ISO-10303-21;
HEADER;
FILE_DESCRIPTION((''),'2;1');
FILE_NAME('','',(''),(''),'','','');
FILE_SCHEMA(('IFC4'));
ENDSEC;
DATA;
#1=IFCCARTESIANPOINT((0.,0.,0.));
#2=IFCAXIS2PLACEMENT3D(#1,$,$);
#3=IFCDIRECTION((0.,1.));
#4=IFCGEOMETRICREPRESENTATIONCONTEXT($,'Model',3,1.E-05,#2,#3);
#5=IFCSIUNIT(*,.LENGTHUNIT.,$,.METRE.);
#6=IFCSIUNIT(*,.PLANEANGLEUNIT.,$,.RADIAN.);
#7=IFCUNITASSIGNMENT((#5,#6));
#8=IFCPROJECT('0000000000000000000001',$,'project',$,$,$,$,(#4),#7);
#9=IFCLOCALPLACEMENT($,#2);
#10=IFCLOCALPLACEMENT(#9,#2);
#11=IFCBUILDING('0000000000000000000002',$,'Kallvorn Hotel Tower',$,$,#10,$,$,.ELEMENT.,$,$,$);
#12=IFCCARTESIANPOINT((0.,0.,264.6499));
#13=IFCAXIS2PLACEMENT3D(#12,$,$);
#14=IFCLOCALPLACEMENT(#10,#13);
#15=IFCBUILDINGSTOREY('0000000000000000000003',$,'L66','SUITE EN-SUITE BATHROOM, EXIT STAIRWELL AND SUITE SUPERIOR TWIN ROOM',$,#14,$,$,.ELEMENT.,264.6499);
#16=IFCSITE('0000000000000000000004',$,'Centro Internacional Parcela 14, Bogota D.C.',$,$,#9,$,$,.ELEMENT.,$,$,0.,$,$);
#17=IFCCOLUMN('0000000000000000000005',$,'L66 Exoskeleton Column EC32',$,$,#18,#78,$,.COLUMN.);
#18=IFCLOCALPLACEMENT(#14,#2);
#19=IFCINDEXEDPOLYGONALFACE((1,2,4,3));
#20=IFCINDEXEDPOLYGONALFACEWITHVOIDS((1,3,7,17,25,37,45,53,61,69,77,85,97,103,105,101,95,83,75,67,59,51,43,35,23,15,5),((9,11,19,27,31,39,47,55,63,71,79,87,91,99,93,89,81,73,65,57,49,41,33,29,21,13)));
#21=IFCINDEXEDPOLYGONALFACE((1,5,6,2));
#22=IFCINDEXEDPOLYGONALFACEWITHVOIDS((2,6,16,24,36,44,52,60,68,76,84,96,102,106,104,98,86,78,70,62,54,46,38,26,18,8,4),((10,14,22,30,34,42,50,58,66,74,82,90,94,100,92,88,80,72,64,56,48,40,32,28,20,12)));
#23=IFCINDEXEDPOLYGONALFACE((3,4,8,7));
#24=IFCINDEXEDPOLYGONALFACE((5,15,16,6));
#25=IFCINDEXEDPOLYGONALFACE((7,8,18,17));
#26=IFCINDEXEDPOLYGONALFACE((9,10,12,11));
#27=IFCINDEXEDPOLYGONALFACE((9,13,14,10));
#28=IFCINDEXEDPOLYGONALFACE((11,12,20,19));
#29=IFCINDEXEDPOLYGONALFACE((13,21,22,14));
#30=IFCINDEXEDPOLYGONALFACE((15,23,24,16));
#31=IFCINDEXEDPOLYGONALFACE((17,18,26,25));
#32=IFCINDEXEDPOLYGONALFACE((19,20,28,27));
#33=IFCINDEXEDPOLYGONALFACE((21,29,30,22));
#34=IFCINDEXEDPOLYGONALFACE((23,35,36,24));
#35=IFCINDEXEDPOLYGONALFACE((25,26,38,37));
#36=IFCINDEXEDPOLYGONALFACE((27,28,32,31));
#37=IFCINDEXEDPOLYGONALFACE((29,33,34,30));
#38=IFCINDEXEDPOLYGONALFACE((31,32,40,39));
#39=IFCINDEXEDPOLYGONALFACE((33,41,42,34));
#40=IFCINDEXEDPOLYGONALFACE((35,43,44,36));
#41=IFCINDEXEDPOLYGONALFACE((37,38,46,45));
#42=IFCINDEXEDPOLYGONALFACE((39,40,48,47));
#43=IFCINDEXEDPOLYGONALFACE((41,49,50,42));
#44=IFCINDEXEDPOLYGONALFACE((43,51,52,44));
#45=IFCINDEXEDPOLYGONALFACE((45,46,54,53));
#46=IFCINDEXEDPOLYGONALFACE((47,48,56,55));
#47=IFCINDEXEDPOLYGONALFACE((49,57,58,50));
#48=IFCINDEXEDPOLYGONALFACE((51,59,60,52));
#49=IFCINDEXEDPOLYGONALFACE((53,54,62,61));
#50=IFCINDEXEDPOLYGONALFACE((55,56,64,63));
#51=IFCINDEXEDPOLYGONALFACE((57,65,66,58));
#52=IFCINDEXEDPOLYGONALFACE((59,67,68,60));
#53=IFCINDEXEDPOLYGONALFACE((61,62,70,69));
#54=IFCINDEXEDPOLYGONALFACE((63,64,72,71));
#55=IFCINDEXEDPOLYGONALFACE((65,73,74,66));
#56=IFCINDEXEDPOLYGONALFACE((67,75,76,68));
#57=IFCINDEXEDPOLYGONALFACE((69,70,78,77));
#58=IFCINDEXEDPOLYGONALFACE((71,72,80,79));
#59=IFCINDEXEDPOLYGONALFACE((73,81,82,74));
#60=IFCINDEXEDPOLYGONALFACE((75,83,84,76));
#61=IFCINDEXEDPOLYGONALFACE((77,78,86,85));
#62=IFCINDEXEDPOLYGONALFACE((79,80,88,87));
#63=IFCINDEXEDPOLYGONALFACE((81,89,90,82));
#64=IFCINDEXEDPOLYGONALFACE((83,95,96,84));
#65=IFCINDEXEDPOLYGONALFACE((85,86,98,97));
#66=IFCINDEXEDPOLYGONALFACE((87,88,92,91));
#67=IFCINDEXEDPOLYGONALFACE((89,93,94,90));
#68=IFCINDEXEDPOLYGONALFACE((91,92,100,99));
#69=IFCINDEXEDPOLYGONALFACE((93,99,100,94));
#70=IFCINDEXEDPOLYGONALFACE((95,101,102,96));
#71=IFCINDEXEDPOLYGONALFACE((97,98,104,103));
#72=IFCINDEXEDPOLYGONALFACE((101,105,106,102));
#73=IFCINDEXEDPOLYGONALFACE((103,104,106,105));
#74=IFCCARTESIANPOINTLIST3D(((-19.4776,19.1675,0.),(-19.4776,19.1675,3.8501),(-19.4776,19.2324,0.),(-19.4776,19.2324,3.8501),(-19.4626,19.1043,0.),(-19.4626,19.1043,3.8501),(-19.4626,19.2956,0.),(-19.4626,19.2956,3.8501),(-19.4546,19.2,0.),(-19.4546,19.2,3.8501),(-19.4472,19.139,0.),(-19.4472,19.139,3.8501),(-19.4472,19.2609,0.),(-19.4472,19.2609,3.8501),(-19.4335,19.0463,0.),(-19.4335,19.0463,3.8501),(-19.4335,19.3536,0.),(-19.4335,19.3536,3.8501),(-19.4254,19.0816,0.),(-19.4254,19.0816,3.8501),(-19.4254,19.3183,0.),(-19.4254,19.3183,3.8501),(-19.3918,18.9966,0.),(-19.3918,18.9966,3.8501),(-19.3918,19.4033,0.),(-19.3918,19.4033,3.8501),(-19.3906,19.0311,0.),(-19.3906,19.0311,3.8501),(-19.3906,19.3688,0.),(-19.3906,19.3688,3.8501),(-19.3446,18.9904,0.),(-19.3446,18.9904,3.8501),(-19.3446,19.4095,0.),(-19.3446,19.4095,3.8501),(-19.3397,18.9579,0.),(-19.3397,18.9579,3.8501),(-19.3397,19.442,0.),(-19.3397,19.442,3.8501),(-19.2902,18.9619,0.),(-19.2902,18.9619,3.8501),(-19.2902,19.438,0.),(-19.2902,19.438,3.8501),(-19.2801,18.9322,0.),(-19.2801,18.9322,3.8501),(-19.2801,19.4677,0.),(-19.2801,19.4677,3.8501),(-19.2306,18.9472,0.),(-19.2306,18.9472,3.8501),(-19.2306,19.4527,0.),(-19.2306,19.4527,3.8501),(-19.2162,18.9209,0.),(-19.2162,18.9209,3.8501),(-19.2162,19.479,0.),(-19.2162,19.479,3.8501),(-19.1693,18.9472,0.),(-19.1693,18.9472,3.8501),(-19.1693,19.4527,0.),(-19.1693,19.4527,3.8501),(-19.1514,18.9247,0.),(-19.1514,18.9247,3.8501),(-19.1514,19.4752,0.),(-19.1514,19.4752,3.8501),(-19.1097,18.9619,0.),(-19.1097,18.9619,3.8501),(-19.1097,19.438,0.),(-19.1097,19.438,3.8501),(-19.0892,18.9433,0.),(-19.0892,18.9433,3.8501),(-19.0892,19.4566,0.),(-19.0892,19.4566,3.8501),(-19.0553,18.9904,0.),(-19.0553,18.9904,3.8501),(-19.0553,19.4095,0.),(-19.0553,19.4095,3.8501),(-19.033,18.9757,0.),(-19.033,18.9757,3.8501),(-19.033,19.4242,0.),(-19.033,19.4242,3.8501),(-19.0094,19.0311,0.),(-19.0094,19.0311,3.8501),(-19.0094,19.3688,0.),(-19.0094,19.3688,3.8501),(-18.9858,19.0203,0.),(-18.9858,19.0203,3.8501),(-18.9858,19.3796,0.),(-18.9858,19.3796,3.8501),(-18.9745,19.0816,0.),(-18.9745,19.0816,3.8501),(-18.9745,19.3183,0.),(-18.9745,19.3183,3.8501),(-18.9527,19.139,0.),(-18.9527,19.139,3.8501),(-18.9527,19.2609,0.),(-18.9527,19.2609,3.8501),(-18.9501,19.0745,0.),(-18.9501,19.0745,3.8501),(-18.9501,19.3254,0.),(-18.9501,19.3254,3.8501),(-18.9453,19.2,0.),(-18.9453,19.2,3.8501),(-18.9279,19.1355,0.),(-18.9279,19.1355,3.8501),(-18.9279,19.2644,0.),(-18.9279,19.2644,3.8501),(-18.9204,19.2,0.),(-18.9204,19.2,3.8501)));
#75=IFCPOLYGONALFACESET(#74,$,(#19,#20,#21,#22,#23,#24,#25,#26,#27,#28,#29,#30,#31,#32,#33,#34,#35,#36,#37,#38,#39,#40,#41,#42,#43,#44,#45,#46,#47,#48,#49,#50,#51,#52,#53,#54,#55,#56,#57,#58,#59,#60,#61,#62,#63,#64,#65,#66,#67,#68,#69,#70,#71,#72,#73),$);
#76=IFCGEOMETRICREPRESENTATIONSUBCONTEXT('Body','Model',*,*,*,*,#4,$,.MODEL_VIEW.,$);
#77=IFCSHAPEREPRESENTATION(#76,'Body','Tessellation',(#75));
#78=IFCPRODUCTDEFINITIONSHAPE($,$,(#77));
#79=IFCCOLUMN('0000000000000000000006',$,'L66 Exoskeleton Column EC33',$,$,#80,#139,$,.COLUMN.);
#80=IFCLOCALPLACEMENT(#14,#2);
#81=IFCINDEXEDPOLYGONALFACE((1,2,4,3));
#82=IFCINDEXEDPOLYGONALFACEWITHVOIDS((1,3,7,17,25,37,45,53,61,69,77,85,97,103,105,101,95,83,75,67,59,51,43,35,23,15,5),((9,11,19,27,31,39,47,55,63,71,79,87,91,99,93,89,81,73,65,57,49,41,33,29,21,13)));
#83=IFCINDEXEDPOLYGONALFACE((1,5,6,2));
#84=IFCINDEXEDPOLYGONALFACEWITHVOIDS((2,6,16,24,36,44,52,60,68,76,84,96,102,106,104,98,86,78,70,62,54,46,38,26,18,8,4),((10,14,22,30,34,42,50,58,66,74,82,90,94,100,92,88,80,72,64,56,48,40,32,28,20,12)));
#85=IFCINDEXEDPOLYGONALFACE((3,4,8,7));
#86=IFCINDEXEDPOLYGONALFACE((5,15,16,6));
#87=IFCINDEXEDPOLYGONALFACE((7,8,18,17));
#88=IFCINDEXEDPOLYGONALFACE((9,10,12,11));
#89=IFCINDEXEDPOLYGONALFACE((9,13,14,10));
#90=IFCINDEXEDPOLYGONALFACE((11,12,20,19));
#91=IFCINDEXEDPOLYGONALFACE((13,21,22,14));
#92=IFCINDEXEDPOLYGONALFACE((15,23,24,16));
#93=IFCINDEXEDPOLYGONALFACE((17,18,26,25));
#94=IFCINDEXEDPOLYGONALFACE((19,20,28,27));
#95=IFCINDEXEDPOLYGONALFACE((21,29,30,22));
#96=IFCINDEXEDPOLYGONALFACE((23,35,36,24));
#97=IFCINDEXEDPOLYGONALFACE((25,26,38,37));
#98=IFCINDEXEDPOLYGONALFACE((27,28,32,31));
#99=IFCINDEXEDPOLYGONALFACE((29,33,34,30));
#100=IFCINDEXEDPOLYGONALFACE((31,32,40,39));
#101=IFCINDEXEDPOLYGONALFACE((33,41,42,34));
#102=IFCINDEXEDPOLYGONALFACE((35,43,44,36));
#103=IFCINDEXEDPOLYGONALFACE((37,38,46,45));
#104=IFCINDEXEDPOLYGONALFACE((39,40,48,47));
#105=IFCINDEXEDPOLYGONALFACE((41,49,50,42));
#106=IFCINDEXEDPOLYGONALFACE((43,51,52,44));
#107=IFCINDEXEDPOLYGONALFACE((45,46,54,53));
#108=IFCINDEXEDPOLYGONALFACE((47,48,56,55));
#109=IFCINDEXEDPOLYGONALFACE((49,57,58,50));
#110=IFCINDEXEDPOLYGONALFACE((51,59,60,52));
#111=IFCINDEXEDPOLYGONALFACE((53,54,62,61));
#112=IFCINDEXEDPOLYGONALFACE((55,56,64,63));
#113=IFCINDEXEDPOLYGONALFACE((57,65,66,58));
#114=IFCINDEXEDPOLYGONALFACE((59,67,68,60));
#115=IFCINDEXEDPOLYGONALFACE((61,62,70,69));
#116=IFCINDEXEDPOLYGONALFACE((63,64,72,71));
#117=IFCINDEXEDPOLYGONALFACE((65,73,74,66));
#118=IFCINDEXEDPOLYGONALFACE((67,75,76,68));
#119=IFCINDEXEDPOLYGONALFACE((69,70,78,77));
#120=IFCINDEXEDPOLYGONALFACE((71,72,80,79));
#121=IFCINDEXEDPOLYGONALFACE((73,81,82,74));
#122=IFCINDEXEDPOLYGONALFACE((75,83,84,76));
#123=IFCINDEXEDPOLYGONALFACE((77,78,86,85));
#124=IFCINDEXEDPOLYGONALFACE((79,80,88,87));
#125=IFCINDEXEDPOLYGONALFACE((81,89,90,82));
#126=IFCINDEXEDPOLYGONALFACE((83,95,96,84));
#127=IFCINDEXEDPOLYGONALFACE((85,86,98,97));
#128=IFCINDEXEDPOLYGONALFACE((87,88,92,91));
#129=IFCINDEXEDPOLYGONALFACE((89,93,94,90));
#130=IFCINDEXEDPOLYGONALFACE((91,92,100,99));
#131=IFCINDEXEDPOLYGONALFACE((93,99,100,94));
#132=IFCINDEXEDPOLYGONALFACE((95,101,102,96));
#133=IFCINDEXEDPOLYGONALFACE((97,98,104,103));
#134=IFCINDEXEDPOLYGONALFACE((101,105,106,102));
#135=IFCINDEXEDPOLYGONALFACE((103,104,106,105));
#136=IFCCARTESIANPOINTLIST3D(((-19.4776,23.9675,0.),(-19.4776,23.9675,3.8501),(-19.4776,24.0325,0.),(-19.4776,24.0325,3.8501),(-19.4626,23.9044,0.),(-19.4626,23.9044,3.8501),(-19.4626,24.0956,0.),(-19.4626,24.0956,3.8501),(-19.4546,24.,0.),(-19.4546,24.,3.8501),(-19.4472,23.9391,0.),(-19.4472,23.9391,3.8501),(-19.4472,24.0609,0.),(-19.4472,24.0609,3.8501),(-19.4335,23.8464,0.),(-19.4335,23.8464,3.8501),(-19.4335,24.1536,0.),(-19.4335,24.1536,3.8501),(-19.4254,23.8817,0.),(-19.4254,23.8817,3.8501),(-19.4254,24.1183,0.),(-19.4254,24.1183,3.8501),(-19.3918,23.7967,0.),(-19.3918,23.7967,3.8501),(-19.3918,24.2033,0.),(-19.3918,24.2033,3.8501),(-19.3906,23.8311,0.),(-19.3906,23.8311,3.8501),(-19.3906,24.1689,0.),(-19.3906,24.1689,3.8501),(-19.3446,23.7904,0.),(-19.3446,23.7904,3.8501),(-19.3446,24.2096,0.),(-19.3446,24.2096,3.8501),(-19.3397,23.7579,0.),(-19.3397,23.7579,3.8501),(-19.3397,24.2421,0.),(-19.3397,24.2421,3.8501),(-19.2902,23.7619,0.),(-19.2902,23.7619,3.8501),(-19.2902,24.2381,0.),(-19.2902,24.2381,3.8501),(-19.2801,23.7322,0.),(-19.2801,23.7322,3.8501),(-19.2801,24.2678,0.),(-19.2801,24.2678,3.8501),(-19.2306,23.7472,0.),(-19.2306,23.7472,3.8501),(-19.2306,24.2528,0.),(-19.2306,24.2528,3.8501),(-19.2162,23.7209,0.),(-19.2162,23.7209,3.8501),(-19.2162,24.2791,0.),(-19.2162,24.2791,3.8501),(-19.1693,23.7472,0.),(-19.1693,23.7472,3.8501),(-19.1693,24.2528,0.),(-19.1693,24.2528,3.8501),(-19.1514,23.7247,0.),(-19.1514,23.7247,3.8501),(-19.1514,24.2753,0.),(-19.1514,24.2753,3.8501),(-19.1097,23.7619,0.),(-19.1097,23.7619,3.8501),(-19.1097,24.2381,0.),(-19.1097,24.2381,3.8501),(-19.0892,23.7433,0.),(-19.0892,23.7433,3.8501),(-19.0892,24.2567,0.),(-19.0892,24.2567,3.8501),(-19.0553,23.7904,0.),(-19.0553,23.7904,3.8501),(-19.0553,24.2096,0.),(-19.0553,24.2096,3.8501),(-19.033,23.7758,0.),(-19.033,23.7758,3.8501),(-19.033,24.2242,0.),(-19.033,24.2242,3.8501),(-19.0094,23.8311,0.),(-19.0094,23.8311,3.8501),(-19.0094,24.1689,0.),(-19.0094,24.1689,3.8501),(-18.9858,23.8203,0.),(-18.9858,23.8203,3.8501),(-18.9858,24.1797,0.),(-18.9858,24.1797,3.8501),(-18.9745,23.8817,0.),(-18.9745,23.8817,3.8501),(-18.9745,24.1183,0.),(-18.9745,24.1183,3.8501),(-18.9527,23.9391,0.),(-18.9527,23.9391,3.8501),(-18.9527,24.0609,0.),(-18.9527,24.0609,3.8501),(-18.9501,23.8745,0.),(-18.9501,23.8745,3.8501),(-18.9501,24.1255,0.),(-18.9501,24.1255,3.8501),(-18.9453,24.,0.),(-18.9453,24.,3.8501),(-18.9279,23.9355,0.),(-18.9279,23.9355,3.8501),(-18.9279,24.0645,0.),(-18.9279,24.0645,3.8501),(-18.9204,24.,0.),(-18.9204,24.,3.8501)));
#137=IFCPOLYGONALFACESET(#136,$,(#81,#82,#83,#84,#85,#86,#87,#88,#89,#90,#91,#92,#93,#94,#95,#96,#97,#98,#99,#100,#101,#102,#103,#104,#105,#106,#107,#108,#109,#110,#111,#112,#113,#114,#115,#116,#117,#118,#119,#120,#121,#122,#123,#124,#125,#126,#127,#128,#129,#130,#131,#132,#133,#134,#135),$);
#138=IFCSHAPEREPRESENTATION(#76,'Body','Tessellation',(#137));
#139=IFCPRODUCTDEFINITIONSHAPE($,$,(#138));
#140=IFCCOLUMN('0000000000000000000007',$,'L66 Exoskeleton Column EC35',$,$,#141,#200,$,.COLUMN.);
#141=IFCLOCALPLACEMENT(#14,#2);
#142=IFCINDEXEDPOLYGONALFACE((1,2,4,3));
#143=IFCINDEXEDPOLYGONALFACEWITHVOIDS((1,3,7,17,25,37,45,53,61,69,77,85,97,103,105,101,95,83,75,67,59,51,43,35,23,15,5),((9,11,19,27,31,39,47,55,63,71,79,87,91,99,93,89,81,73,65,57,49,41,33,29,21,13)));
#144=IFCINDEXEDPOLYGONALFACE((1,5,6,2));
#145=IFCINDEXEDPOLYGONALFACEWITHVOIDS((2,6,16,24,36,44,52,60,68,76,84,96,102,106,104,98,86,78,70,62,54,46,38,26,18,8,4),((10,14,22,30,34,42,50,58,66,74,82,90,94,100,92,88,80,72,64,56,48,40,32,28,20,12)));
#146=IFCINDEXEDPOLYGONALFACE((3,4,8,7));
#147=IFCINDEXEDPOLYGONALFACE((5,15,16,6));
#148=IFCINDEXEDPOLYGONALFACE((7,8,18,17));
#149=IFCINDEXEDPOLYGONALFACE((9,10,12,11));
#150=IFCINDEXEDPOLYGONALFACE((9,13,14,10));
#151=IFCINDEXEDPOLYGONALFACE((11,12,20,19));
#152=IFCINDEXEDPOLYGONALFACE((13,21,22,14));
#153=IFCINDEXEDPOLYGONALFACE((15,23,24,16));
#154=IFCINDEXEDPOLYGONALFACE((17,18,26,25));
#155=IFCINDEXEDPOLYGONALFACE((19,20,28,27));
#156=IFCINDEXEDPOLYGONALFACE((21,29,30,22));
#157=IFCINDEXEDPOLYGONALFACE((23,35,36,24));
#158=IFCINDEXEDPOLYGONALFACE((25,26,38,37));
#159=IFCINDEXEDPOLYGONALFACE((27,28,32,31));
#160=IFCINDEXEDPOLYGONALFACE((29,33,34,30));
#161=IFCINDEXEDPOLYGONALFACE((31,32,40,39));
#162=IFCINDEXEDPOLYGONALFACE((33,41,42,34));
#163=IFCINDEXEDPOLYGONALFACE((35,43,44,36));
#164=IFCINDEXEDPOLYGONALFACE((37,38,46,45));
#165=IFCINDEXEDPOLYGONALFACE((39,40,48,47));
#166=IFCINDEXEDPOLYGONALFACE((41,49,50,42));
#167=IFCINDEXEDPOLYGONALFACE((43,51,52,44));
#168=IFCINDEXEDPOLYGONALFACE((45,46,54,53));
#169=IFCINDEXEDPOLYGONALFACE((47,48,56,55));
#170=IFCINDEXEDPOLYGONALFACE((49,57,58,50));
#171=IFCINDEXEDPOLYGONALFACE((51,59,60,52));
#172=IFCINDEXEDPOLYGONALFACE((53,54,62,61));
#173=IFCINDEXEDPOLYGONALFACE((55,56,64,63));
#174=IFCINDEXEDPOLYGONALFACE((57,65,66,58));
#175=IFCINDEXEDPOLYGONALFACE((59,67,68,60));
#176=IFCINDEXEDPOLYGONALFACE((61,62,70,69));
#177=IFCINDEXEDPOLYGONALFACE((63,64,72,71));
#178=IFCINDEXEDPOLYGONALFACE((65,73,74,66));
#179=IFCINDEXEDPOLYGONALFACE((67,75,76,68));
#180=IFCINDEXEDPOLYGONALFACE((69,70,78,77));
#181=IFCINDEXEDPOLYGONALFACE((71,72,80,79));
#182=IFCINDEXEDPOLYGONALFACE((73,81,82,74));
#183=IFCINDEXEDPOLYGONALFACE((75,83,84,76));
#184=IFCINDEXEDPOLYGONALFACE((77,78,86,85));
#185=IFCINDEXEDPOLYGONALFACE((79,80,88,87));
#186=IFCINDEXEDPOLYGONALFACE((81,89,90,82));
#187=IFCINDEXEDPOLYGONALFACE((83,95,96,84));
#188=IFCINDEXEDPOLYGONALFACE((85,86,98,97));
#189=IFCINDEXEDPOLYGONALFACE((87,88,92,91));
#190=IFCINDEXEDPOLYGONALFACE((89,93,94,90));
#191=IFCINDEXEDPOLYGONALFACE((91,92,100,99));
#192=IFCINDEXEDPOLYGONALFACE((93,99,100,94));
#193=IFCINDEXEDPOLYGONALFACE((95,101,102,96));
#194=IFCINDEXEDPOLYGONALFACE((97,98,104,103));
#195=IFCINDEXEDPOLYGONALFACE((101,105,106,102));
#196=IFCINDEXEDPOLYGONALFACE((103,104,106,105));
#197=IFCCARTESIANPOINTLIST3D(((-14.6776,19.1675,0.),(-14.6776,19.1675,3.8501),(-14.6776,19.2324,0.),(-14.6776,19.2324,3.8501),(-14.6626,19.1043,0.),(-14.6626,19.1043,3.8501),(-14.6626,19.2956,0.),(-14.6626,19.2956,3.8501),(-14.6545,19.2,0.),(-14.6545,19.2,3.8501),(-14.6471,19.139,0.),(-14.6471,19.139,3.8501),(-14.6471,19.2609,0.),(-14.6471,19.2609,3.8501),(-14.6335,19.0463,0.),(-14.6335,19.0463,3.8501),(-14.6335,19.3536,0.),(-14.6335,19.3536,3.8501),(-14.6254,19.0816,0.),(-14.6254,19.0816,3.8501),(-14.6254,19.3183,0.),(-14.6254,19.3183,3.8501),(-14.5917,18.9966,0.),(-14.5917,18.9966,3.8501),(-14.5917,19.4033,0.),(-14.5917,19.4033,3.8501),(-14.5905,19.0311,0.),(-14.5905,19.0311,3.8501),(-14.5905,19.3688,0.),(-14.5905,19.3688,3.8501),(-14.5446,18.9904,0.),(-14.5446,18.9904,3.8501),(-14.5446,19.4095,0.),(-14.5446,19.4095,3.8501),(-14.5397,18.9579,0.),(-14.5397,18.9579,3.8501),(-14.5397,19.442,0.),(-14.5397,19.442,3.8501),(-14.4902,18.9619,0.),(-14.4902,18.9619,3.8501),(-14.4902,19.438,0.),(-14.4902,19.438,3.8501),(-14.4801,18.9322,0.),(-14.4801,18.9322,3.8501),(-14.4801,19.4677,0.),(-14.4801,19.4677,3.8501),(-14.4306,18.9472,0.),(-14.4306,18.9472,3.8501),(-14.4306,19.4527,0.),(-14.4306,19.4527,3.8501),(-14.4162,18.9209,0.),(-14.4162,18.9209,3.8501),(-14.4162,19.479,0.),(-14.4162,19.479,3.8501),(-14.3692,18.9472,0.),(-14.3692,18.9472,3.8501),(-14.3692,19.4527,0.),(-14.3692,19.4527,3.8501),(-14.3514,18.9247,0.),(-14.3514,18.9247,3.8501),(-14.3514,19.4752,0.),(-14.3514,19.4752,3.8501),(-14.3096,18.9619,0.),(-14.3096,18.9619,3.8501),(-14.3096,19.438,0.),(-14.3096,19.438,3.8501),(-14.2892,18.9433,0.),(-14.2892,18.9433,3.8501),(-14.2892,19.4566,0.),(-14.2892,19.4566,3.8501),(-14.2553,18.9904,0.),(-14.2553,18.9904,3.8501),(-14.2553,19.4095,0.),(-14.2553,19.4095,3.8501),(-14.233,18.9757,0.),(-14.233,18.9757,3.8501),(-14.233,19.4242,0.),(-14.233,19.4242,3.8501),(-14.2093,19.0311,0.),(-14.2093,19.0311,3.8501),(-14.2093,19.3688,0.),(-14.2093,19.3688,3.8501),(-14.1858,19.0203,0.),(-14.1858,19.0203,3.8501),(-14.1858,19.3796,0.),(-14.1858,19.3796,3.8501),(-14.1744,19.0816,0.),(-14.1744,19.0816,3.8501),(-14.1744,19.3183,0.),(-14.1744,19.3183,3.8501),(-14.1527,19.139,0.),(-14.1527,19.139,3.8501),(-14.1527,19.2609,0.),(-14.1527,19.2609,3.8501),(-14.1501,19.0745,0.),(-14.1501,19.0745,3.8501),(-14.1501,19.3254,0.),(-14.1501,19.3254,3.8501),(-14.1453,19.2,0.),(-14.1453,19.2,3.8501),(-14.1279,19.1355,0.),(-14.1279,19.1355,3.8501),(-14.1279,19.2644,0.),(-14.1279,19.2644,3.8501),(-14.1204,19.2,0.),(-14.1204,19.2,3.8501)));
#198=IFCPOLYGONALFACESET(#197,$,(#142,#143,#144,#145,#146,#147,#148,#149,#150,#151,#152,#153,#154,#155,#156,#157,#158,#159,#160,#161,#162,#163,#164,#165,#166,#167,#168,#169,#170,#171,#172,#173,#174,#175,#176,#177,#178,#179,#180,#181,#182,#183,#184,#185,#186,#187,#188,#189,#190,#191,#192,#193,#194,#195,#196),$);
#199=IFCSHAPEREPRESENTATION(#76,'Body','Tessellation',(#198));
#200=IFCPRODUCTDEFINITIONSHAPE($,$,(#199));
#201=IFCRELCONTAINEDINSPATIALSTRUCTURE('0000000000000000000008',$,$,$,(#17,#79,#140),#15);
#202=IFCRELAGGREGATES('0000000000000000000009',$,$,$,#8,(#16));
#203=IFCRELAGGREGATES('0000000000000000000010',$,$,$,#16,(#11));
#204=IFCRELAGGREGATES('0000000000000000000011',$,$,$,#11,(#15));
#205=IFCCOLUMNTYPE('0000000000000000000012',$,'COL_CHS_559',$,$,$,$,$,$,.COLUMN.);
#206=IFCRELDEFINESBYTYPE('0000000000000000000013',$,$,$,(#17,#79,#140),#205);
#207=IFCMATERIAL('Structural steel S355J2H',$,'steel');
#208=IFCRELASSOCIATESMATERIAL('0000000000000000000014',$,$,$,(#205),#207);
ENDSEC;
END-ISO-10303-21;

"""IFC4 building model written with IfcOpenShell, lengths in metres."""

from ifc_helpers import new_model, si_unit, direction, frame, origin, origin_2d, place, context, subcontext, project, spatial, hollow_circle, extrude, material, material_profile, profile_set, type_object, element, save


model = new_model("IFC4")

# Units and contexts
model_context = context("Model", 3, precision=1e-05, world=origin(), true_north=direction((0.0, 1.0)))
body_context = subcontext(model_context, "Body", "Model", "MODEL_VIEW")
ifc_project = project(units=[si_unit("LENGTHUNIT", "METRE"), si_unit("PLANEANGLEUNIT", "RADIAN")], contexts=[model_context])

# Site, building, storey
site_placement = place(None, origin())
site = spatial("IfcSite", under=ifc_project, at=site_placement, Name="Centro Internacional Parcela 14, Bogota D.C.", CompositionType="ELEMENT", RefElevation=0.0)
building_placement = place(site_placement, origin())
building = spatial("IfcBuilding", under=site, at=building_placement, Name="Kallvorn Hotel Tower", CompositionType="ELEMENT")
storey_placement = place(building_placement, frame((0.0, 0.0, 264.6499)))
storey = spatial("IfcBuildingStorey", under=building, at=storey_placement, Name="L66", Description="SUITE EN-SUITE BATHROOM, EXIT STAIRWELL AND SUITE SUPERIOR TWIN ROOM", CompositionType="ELEMENT", Elevation=264.6499)

# Columns
ifc_material_1 = material(Name="Structural steel S355J2H", Category="steel")
ifc_material_profile_1 = material_profile(ifc_material_1, hollow_circle(Radius=0.2795, WallThickness=0.0249, at=origin_2d()), Name="CHS 559x25")
ifc_profile_set_1 = profile_set([ifc_material_profile_1], Name="Structural steel S355J2H")
column_type_1 = type_object("IfcColumnType", Name="COL_CHS_559", PredefinedType="COLUMN", material=ifc_profile_set_1)
for number, where, z_axis, x_axis, name in (
    (1, (-19.2, 19.2, 0.0), (0.0, 0.0, 1.0), (1.0, 0.0, 0.0), "L66 Exoskeleton Column EC32"),
    (2, (-19.2, 24.0, 0.0), (0.0, 0.0, 1.0), (1.0, 0.0, 0.0), "L66 Exoskeleton Column EC33"),
    (3, (-14.3999, 19.2, 0.0), (0.0, 0.0, 1.0), (1.0, 0.0, 0.0), "L66 Exoskeleton Column EC35"),
):
    element("IfcColumn", number, at=place(storey_placement, frame(where, z_axis=z_axis, x_axis=x_axis)), inside=storey, type_object=column_type_1, Name=name, PredefinedType="COLUMN", context=body_context, shape_type="SweptSolid", body=[
        extrude(hollow_circle(Radius=0.2795, WallThickness=0.0249, at=origin_2d()), origin(), (0.0, 0.0, 1.0), 3.8501),
    ])

save(model, "model.ifc")
